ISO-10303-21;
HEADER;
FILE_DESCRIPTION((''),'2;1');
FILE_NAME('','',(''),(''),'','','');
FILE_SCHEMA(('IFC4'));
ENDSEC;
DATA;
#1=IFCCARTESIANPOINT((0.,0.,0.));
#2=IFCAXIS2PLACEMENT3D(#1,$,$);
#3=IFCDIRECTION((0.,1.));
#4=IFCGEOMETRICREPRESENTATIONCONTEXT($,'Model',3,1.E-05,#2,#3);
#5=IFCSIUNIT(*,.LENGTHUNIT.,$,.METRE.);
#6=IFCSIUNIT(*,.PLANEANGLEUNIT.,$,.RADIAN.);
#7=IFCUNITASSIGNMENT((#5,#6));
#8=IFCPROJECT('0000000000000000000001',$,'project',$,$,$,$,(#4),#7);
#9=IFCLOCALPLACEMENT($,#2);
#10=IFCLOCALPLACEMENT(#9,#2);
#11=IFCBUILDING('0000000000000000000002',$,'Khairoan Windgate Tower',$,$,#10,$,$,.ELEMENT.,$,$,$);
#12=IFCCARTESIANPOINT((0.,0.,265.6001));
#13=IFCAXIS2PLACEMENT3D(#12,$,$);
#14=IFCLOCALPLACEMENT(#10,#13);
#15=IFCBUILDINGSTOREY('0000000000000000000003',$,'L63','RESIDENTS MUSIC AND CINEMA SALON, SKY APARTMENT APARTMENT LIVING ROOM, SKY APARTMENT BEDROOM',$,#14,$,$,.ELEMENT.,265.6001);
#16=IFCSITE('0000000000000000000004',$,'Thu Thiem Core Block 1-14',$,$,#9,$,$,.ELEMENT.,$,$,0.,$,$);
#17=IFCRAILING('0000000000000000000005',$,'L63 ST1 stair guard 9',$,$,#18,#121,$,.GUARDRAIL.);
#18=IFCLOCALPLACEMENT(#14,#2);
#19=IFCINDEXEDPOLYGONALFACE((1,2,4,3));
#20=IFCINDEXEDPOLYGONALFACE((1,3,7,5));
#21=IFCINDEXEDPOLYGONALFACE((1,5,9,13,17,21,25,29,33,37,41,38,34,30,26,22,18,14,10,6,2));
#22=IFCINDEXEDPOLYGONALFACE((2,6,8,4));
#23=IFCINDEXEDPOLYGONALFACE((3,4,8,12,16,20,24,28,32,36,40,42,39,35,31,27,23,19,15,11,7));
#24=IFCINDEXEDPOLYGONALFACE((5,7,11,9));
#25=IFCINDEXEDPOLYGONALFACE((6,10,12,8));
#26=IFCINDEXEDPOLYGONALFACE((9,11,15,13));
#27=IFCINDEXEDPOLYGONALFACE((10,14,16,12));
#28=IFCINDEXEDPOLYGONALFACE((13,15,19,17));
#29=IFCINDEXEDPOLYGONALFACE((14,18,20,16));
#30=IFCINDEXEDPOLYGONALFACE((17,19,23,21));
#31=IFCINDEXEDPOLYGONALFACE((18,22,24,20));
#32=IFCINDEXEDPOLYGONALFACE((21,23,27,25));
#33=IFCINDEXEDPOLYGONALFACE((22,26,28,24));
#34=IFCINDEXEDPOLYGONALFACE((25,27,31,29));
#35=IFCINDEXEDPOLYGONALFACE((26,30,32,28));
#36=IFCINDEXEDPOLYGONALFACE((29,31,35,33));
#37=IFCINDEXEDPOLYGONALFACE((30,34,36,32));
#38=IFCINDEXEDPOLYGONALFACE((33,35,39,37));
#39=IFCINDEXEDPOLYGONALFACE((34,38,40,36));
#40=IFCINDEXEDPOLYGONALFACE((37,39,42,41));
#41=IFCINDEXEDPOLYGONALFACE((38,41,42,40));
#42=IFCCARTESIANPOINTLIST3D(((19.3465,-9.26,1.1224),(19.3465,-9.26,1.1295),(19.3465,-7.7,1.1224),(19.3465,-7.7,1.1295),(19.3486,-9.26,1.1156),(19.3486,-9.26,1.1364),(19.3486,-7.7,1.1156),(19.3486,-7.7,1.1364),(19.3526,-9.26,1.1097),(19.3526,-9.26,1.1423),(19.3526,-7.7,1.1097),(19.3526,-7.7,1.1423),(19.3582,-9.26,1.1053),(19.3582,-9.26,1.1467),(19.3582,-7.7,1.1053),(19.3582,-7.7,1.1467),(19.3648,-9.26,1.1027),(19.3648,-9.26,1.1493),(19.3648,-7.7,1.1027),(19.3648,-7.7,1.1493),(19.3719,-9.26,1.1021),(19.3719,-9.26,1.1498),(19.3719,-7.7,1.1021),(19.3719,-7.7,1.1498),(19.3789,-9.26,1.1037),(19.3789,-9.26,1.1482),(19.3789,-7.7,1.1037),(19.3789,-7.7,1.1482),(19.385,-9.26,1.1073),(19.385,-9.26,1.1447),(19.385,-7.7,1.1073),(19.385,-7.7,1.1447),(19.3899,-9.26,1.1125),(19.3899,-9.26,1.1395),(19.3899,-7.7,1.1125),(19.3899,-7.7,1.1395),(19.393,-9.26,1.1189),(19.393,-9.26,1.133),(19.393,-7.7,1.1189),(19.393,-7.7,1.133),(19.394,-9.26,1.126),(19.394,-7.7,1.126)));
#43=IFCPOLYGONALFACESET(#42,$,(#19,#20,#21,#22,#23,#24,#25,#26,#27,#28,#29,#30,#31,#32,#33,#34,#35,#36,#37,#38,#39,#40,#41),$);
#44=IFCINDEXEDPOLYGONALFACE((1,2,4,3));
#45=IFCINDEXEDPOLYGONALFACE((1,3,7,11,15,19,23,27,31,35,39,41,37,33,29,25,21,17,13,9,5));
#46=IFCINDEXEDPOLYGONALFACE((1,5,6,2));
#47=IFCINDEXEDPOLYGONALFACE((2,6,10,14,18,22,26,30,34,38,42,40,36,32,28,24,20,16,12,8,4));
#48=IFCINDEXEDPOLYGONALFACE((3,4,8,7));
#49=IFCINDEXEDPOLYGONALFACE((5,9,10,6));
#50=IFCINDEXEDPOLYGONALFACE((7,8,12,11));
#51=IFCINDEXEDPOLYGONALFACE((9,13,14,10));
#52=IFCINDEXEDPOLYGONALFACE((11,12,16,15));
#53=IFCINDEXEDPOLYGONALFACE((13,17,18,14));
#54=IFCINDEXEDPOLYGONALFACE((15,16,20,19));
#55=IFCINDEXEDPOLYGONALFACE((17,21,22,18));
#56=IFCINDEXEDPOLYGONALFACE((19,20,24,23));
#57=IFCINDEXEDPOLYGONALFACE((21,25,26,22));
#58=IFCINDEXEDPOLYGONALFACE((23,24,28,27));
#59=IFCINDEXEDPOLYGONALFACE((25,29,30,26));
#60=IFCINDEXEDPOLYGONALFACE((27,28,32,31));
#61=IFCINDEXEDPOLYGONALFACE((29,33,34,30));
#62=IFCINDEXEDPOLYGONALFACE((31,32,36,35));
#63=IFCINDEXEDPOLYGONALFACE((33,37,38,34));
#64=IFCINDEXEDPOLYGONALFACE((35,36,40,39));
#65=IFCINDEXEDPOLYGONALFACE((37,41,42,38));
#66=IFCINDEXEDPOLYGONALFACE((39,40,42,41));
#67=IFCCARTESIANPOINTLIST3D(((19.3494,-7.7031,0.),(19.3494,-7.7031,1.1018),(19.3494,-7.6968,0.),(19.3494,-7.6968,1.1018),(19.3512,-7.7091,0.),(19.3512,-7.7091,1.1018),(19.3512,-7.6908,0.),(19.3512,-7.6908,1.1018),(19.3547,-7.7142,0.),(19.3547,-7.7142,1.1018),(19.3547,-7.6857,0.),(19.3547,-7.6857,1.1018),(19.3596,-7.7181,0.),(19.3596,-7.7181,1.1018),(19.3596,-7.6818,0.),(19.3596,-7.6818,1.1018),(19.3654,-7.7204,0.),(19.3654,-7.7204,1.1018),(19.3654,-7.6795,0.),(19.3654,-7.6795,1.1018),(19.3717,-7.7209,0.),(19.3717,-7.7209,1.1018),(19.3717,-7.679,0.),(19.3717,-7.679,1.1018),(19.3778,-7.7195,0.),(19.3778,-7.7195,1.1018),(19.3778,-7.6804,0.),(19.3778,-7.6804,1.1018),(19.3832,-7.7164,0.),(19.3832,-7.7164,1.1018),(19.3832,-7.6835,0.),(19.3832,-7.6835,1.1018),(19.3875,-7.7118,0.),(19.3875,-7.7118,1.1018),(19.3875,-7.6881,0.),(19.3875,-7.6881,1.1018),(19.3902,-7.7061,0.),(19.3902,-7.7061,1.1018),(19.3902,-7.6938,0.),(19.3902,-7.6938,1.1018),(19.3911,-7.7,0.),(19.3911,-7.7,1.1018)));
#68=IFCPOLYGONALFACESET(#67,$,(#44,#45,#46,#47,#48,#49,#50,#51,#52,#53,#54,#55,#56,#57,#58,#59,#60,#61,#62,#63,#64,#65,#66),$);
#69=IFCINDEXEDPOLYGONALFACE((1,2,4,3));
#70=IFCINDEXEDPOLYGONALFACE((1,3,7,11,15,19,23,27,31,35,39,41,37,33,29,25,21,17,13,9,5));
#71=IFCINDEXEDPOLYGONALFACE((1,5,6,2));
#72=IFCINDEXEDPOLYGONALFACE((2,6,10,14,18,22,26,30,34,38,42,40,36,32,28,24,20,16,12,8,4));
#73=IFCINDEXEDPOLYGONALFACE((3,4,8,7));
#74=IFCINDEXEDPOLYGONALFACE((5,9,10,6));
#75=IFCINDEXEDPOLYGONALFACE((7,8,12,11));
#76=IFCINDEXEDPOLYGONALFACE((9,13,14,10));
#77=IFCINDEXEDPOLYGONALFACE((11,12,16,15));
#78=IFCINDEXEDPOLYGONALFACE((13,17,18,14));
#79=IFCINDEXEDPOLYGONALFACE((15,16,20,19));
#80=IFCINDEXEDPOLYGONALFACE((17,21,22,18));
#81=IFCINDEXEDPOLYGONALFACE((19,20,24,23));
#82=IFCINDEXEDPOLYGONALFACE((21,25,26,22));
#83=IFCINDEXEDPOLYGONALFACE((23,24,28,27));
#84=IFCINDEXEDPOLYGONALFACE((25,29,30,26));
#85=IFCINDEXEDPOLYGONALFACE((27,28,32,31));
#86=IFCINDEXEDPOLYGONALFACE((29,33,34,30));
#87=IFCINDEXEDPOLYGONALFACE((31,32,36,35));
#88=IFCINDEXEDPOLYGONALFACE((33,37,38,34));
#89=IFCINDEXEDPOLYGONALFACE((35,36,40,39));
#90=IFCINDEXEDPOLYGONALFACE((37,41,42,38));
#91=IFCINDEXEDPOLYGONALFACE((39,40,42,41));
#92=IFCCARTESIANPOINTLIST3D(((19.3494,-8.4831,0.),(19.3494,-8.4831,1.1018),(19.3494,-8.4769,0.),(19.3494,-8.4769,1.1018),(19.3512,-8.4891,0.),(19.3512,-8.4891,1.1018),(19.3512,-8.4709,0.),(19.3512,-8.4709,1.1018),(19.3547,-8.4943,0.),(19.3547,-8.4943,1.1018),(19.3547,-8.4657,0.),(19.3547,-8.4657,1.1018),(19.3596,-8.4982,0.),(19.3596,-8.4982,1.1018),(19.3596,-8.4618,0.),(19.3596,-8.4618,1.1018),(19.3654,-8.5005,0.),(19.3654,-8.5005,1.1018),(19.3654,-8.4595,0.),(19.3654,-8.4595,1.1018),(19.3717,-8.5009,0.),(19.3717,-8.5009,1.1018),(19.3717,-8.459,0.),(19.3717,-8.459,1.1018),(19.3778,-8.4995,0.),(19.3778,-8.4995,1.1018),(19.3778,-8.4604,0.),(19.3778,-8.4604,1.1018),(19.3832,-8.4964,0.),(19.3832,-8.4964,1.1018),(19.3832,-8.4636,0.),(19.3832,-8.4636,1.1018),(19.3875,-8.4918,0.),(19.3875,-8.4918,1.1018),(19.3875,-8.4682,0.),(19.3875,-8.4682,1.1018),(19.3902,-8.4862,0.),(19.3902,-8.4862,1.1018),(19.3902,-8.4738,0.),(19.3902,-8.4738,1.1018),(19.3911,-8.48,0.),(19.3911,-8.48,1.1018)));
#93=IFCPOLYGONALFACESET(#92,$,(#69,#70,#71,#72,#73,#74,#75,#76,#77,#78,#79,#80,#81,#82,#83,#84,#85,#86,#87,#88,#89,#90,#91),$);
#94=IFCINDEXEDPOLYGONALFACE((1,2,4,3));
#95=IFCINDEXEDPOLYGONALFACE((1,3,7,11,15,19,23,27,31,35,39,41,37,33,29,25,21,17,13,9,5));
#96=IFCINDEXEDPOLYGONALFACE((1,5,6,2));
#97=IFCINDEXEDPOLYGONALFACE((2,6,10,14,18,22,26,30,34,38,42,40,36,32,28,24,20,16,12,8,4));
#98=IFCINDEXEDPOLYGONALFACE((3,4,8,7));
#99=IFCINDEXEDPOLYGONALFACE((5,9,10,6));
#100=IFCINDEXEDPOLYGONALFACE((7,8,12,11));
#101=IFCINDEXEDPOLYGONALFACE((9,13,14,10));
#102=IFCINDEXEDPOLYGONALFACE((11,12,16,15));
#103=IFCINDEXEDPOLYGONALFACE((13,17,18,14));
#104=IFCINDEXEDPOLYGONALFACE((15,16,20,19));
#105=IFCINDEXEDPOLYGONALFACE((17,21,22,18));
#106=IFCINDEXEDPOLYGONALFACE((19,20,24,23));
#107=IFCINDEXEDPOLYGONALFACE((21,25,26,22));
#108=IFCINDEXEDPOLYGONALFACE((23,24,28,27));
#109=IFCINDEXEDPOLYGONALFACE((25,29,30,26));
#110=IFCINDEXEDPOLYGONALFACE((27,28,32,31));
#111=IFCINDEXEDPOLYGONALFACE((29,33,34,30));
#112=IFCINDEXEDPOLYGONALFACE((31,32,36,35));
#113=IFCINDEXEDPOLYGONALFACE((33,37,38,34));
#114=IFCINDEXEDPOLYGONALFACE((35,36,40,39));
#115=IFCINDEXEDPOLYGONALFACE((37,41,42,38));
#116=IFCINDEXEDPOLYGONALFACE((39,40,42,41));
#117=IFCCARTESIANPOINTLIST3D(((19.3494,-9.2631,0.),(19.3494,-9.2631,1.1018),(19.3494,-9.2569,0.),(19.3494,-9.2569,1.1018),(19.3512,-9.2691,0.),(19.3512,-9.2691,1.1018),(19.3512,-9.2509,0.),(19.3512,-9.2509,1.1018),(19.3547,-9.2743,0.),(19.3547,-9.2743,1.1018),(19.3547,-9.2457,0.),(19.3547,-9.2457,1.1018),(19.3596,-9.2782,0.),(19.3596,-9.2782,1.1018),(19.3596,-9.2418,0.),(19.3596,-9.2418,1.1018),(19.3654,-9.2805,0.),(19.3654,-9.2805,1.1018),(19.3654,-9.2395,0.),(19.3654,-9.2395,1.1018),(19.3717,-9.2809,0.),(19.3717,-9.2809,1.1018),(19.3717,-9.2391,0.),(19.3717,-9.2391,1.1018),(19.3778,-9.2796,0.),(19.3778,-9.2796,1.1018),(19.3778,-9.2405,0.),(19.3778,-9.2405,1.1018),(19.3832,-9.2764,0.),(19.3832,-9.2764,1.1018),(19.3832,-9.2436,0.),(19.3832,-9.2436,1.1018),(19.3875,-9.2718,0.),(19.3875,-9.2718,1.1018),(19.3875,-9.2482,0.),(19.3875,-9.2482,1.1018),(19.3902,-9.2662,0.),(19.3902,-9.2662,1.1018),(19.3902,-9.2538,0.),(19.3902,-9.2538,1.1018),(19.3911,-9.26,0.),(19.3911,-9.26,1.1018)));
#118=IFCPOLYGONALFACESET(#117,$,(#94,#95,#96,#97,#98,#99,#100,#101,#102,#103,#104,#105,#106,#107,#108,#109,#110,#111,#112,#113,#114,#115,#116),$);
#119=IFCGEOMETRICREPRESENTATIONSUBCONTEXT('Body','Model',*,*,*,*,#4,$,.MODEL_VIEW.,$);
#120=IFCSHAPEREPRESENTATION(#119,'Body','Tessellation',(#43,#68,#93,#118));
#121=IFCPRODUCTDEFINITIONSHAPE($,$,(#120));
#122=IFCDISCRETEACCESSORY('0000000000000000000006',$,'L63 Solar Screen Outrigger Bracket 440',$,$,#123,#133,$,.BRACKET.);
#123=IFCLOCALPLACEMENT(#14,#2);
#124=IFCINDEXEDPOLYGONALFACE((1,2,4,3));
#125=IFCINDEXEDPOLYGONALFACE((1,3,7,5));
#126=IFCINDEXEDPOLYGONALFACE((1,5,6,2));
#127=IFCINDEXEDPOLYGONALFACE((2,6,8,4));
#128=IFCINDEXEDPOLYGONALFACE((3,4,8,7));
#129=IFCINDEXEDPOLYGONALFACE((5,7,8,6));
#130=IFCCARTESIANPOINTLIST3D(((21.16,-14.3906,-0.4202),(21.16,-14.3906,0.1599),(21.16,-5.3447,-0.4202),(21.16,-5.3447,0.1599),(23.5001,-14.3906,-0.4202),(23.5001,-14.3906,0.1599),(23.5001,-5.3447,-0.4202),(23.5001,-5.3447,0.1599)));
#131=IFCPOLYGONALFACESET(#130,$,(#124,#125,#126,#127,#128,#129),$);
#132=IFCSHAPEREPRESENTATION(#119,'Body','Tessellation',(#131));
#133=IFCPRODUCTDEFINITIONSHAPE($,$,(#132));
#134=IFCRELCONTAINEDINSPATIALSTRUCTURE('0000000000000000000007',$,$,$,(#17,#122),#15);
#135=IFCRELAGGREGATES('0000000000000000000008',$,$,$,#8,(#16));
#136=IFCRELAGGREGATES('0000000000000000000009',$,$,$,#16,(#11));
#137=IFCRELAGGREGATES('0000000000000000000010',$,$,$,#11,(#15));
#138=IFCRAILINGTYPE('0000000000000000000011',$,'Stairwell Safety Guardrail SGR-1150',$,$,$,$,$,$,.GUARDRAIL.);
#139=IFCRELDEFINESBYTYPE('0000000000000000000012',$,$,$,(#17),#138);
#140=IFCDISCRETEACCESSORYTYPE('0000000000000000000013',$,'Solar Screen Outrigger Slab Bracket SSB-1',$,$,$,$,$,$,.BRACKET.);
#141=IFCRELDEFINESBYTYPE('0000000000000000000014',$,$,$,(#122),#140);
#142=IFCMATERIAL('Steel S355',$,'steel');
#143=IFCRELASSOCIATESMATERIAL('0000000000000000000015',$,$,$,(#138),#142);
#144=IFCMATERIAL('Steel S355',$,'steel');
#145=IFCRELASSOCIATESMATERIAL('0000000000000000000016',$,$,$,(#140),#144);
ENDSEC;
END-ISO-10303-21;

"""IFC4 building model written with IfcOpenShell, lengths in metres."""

from ifc_helpers import new_model, si_unit, direction, frame, origin, origin_2d, place, context, subcontext, project, spatial, rectangle, circle, extrude, material, type_object, element, save


model = new_model("IFC4")

# Units and contexts
model_context = context("Model", 3, precision=1e-05, world=origin(), true_north=direction((0.0, 1.0)))
body_context = subcontext(model_context, "Body", "Model", "MODEL_VIEW")
ifc_project = project(units=[si_unit("LENGTHUNIT", "METRE"), si_unit("PLANEANGLEUNIT", "RADIAN")], contexts=[model_context])

# Site, building, storey
site_placement = place(None, origin())
site = spatial("IfcSite", under=ifc_project, at=site_placement, Name="Thu Thiem Core Block 1-14", CompositionType="ELEMENT", RefElevation=0.0)
building_placement = place(site_placement, origin())
building = spatial("IfcBuilding", under=site, at=building_placement, Name="Khairoan Windgate Tower", CompositionType="ELEMENT")
storey_placement = place(building_placement, frame((0.0, 0.0, 265.6001)))
storey = spatial("IfcBuildingStorey", under=building, at=storey_placement, Name="L63", Description="RESIDENTS MUSIC AND CINEMA SALON, SKY APARTMENT APARTMENT LIVING ROOM, SKY APARTMENT BEDROOM", CompositionType="ELEMENT", Elevation=265.6001)

# Railing
ifc_material_1 = material(Name="Steel S355", Category="steel")
railing_type_1 = type_object("IfcRailingType", Name="Stairwell Safety Guardrail SGR-1150", PredefinedType="GUARDRAIL", material=ifc_material_1)
for number, where, name in (
    (1, (19.3701, -7.7, 0.0), "L63 ST1 stair guard 9"),
):
    element("IfcRailing", number, at=place(storey_placement, frame(where)), inside=storey, type_object=railing_type_1, Name=name, PredefinedType="GUARDRAIL", context=body_context, shape_type="SweptSolid", body=[
        extrude(circle(Radius=0.0239, at=origin_2d()), frame((0.0, 0.0, 1.126), z_axis=(0.0, -1.0, 0.0), x_axis=(1.0, 0.0, 0.0)), (0.0, 0.0, 1.0), 1.5601),
        extrude(circle(Radius=0.021, at=origin_2d()), origin(), (0.0, 0.0, 1.0), 1.1018),
        extrude(circle(Radius=0.021, at=origin_2d()), frame((0.0, -0.78, 0.0)), (0.0, 0.0, 1.0), 1.1018),
        extrude(circle(Radius=0.021, at=origin_2d()), frame((0.0, -1.5601, 0.0)), (0.0, 0.0, 1.0), 1.1018),
    ])

# Discrete accessory
ifc_material_2 = material(Name="Steel S355", Category="steel")
discrete_accessory_type = type_object("IfcDiscreteAccessoryType", Name="Solar Screen Outrigger Slab Bracket SSB-1", PredefinedType="BRACKET", material=ifc_material_2)
discrete_accessory_placement = place(storey_placement, frame((22.3301, -9.8677, -0.4202), z_axis=(0.0, 0.0, 1.0), x_axis=(0.0, -1.0, 0.0)))
element("IfcDiscreteAccessory", 2, at=discrete_accessory_placement, inside=storey, type_object=discrete_accessory_type, Name="L63 Solar Screen Outrigger Bracket 440", PredefinedType="BRACKET", context=body_context, shape_type="SweptSolid", body=[
    extrude(rectangle(XDim=9.0459, YDim=2.3401, at=origin_2d()), origin(), (0.0, 0.0, 1.0), 0.5801),
])

save(model, "model.ifc")
